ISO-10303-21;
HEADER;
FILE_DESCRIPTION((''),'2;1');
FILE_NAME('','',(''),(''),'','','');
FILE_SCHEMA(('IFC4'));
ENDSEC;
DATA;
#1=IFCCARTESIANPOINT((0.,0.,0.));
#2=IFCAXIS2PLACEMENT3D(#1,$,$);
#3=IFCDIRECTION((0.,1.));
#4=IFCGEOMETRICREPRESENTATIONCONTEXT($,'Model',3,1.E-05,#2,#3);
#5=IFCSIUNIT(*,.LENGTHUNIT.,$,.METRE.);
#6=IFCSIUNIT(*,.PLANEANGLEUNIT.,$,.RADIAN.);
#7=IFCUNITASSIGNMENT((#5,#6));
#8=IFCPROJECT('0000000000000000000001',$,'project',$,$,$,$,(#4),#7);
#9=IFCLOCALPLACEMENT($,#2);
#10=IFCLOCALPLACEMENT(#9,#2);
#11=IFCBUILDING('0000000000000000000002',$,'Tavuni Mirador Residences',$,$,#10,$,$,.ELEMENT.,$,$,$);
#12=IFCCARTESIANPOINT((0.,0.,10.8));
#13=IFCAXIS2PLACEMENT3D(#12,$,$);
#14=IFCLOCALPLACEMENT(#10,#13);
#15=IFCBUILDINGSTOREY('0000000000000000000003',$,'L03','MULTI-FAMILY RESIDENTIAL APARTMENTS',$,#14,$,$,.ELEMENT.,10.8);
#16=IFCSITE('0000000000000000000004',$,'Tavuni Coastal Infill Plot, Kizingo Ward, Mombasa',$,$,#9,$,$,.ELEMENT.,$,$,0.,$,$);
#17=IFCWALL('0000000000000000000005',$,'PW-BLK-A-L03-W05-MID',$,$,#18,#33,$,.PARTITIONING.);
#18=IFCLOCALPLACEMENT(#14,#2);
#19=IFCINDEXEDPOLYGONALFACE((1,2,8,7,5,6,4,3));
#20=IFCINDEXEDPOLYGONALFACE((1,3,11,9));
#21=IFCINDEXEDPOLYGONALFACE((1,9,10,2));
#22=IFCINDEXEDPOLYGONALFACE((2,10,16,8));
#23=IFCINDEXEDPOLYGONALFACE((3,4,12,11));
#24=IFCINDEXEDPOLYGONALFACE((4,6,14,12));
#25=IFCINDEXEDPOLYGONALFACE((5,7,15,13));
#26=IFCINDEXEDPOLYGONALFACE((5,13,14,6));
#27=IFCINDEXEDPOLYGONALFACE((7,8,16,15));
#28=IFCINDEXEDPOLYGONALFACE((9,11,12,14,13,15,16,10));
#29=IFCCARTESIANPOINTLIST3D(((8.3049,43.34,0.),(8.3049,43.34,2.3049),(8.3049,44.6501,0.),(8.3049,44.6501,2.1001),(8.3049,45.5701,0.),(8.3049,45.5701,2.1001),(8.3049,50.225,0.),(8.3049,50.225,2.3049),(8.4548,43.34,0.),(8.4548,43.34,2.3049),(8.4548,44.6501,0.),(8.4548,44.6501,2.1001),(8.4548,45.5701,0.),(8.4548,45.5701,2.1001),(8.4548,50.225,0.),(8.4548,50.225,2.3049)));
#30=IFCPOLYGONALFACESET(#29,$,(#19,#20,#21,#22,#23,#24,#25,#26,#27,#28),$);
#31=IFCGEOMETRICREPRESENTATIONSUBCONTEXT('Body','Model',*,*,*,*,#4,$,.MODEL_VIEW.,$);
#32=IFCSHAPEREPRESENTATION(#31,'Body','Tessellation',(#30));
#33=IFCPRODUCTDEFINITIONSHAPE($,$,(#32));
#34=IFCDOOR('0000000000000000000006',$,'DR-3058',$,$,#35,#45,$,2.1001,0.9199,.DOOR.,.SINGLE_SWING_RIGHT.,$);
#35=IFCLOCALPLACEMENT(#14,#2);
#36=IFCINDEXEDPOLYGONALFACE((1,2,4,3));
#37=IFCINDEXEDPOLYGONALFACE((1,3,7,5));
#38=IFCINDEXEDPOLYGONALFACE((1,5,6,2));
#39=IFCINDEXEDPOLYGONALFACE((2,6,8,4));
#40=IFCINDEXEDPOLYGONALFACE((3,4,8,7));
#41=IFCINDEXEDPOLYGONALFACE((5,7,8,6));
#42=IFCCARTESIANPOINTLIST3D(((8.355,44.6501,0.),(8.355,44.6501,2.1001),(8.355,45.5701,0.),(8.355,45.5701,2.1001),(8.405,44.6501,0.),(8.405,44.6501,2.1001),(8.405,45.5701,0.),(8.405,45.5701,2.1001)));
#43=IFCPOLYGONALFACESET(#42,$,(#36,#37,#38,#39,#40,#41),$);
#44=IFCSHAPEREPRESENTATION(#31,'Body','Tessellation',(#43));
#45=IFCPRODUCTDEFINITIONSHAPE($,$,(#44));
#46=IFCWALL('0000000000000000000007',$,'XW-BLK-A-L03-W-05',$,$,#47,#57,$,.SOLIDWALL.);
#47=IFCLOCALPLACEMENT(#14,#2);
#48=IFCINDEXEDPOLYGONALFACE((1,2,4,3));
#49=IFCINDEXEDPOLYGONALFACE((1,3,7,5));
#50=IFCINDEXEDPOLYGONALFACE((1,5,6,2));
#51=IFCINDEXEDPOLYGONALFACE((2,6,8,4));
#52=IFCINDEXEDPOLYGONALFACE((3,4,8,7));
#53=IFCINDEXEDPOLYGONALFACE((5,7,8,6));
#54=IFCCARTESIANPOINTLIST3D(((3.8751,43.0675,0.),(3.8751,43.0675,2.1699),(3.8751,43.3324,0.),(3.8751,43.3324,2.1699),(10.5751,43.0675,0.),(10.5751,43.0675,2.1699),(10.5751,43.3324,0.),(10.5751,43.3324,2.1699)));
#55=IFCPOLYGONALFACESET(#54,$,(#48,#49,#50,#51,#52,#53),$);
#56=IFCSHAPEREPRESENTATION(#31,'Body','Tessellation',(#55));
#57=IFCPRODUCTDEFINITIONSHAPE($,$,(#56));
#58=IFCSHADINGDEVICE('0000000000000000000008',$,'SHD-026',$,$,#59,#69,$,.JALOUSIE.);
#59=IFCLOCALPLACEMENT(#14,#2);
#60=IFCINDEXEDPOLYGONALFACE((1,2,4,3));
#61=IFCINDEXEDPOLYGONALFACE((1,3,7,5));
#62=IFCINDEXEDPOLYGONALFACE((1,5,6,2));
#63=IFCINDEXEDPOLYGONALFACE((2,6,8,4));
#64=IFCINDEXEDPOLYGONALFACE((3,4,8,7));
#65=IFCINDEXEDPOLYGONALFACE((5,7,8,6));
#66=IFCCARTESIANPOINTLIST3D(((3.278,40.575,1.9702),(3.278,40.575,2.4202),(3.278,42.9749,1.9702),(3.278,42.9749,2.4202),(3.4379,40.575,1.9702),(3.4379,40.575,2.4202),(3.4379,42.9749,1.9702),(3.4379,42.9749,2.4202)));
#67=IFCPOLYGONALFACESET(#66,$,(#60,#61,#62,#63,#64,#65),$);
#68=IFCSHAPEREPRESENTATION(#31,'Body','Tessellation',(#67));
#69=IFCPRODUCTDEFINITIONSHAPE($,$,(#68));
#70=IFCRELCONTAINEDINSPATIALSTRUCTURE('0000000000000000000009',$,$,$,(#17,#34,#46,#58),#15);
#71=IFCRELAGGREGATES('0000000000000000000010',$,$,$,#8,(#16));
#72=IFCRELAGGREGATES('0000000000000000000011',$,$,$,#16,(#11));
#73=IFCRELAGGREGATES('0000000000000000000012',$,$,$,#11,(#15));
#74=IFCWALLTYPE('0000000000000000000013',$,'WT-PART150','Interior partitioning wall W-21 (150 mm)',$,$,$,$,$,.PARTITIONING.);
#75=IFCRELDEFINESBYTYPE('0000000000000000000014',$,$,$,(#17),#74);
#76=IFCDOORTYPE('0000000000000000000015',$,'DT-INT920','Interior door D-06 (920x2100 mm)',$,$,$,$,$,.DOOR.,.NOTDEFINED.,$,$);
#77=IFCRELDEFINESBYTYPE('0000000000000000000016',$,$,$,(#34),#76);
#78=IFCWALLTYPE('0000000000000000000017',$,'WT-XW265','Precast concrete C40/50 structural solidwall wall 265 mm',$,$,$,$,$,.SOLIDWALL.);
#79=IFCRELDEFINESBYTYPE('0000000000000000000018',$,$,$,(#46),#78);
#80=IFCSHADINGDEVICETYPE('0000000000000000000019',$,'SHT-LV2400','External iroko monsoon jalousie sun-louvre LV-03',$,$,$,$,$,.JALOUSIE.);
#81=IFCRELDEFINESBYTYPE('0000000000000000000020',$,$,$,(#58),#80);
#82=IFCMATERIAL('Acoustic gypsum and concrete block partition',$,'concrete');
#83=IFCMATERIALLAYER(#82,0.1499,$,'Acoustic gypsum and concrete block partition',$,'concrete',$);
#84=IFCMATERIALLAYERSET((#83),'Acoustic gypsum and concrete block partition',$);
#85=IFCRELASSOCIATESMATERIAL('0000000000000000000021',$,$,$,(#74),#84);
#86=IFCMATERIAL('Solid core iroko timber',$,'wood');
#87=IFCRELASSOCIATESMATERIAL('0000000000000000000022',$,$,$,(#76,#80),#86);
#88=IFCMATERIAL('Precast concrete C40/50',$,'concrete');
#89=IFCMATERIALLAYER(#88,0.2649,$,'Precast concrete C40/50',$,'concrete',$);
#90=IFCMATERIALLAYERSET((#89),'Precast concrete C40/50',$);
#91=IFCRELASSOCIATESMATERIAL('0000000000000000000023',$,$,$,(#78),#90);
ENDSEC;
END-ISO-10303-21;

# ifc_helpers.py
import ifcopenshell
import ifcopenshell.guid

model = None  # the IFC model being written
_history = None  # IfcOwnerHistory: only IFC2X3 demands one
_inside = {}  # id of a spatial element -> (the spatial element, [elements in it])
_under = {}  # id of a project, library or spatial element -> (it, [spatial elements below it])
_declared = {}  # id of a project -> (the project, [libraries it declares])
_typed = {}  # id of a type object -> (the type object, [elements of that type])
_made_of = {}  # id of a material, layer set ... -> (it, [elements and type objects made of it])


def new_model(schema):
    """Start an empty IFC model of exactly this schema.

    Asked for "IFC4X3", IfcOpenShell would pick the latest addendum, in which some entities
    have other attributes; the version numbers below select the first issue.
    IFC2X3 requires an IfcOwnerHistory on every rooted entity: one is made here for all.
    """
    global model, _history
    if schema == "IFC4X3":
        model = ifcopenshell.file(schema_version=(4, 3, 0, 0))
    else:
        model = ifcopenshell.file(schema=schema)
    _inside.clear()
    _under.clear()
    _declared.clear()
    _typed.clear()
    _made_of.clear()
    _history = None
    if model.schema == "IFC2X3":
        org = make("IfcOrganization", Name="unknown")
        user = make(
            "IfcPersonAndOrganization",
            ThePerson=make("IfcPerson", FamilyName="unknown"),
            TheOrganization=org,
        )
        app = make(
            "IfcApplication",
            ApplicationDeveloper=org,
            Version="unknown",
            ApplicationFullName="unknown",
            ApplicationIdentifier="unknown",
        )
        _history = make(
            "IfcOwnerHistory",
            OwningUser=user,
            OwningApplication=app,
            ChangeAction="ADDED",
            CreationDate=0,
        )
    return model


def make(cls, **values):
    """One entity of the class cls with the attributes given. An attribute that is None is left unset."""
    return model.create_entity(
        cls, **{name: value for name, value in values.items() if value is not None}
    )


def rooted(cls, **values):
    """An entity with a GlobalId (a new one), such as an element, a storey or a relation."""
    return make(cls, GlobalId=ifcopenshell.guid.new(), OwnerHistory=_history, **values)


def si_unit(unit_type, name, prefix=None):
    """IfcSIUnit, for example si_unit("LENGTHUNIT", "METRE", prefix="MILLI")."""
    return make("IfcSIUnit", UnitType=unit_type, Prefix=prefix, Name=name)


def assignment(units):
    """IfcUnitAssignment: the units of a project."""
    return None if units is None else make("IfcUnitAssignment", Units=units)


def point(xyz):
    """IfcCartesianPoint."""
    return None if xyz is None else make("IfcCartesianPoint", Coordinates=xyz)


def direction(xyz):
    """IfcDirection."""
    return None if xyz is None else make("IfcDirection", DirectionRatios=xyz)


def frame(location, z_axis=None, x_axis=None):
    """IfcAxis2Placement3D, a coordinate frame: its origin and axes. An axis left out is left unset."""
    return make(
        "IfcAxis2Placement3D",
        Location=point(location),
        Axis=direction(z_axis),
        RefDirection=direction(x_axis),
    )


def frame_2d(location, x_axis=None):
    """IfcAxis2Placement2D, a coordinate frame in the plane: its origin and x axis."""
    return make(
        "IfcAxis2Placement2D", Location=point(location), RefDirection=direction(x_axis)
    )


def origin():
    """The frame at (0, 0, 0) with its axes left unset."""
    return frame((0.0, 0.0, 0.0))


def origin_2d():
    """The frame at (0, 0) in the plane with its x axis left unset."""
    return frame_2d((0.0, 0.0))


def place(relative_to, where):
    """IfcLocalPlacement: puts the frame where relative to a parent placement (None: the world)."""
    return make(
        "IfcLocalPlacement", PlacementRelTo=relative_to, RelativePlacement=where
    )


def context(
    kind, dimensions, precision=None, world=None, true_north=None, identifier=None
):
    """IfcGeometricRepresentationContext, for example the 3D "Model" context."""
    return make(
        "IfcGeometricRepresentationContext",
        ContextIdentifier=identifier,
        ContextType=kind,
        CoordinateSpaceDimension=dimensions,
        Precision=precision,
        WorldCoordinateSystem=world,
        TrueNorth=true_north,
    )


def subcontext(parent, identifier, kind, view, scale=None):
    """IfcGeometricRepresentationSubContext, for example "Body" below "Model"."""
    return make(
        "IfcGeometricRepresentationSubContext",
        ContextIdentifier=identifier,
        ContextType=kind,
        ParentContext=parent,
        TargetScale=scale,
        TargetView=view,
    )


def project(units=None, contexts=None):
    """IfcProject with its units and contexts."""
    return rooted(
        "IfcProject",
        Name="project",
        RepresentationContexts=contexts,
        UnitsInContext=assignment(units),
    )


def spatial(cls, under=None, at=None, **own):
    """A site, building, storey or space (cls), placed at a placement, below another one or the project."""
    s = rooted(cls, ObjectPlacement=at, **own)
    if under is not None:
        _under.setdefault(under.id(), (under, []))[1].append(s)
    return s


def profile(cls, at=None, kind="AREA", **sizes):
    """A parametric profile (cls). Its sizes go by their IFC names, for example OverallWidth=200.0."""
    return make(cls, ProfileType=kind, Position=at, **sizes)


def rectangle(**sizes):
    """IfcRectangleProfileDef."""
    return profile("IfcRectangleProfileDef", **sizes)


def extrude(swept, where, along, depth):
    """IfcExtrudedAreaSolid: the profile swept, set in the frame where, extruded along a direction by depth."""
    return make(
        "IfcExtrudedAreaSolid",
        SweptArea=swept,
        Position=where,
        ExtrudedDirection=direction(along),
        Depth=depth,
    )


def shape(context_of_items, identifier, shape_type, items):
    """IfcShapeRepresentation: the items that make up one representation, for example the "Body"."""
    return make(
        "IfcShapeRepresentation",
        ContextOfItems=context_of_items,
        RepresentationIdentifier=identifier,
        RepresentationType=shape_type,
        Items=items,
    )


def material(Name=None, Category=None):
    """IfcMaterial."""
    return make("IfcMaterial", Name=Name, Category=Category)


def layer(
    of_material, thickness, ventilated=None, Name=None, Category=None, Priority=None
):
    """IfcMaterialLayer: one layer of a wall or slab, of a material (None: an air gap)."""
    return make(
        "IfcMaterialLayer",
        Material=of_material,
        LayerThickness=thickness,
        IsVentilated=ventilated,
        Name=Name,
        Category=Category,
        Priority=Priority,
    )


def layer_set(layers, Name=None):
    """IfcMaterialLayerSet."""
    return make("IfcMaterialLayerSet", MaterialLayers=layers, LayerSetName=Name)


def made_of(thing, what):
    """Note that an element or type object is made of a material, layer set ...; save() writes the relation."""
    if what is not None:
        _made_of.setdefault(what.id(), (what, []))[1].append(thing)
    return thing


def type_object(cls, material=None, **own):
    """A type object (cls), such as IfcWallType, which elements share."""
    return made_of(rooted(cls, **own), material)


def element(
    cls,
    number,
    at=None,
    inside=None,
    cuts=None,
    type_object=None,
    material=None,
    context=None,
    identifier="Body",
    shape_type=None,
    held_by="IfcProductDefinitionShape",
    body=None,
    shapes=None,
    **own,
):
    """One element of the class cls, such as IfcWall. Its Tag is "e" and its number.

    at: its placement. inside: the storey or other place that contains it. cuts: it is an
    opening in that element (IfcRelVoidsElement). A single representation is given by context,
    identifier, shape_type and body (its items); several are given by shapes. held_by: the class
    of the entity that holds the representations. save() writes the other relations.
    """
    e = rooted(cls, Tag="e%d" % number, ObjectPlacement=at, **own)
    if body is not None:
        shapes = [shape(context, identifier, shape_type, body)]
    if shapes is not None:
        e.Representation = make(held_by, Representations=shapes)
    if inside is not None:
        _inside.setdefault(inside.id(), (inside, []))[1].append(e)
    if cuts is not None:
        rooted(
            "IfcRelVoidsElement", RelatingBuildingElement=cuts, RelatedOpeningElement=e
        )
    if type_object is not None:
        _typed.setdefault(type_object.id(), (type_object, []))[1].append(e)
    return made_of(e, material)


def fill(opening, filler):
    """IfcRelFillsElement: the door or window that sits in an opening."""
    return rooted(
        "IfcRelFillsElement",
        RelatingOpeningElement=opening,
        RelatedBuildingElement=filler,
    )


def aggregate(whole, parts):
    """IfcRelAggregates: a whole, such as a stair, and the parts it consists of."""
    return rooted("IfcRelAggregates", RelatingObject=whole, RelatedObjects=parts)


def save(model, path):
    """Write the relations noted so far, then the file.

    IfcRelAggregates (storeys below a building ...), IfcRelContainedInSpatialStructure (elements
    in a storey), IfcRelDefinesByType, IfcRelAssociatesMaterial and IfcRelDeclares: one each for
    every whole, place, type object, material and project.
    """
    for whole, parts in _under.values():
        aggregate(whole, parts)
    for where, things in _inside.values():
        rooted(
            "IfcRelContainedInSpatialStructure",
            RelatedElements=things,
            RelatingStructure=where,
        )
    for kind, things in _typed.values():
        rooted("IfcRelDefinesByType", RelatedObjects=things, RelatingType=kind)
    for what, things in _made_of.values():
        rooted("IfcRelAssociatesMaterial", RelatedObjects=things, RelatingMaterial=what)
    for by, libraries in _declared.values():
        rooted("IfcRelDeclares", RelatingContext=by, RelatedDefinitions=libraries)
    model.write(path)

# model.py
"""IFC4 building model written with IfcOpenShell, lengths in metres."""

from ifc_helpers import new_model, si_unit, direction, frame, frame_2d, origin, origin_2d, place, context, subcontext, project, spatial, rectangle, extrude, material, layer, layer_set, type_object, element, fill, save


model = new_model("IFC4")

# Units and contexts
model_context = context("Model", 3, precision=1e-05, world=origin(), true_north=direction((0.0, 1.0)))
body_context = subcontext(model_context, "Body", "Model", "MODEL_VIEW")
ifc_project = project(units=[si_unit("LENGTHUNIT", "METRE"), si_unit("PLANEANGLEUNIT", "RADIAN")], contexts=[model_context])

# Site, building, storey
site_placement = place(None, origin())
site = spatial("IfcSite", under=ifc_project, at=site_placement, Name="Tavuni Coastal Infill Plot, Kizingo Ward, Mombasa", CompositionType="ELEMENT", RefElevation=0.0)
building_placement = place(site_placement, origin())
building = spatial("IfcBuilding", under=site, at=building_placement, Name="Tavuni Mirador Residences", CompositionType="ELEMENT")
storey_placement = place(building_placement, frame((0.0, 0.0, 10.8)))
storey = spatial("IfcBuildingStorey", under=building, at=storey_placement, Name="L03", Description="MULTI-FAMILY RESIDENTIAL APARTMENTS", CompositionType="ELEMENT", Elevation=10.8)

# Shared definitions
ifc_material_1 = material(Name="Precast concrete C40/50", Category="concrete")

# Shared definitions
ifc_material_2 = material(Name="Solid core iroko timber", Category="wood")

# Wall, opening, door
ifc_material_3 = material(Name="Acoustic gypsum and concrete block partition", Category="concrete")
ifc_layer_1 = layer(ifc_material_3, 0.1499, Name="Acoustic gypsum and concrete block partition", Category="concrete")
ifc_layer_set_1 = layer_set([ifc_layer_1], Name="Acoustic gypsum and concrete block partition")
wall_type_1 = type_object("IfcWallType", Name="WT-PART150", Description="Interior partitioning wall W-21 (150 mm)", PredefinedType="PARTITIONING", material=ifc_layer_set_1)
wall_1_placement = place(storey_placement, frame((8.3799, 43.3401, 0.0), z_axis=(0.0, 0.0, 1.0), x_axis=(0.0, 1.0, 0.0)))
wall_1 = element("IfcWall", 1, at=wall_1_placement, inside=storey, type_object=wall_type_1, Name="PW-BLK-A-L03-W05-MID", PredefinedType="PARTITIONING", context=body_context, shape_type="SweptSolid", body=[
    extrude(rectangle(XDim=6.885, YDim=0.1499, at=frame_2d((3.4424, 0.0))), origin(), (0.0, 0.0, 1.0), 2.3049),
])
opening_1_placement = place(wall_1_placement, frame((1.3101, 0.0, 0.0)))
opening_1 = element("IfcOpeningElement", 2, at=opening_1_placement, cuts=wall_1, PredefinedType="OPENING", context=body_context, shape_type="SweptSolid", body=[
    extrude(rectangle(XDim=0.9199, YDim=2.1001, at=frame_2d((0.46, 1.05))), frame((0.0, 0.085, 0.0), z_axis=(0.0, -1.0, 0.0), x_axis=(1.0, 0.0, 0.0)), (0.0, 0.0, 1.0), 0.1699),
])
door_type_1 = type_object("IfcDoorType", Name="DT-INT920", Description="Interior door D-06 (920x2100 mm)", OperationType="NOTDEFINED", PredefinedType="DOOR", material=ifc_material_2)
door_1_placement = place(opening_1_placement, origin())
door_1 = element("IfcDoor", 3, at=door_1_placement, inside=storey, type_object=door_type_1, Name="DR-3058", OperationType="SINGLE_SWING_RIGHT", OverallHeight=2.1001, OverallWidth=0.9199, PredefinedType="DOOR", context=body_context, shape_type="SweptSolid", body=[
    extrude(rectangle(XDim=0.9199, YDim=2.1001, at=frame_2d((0.46, 1.05))), frame((0.0, 0.0249, 0.0), z_axis=(0.0, -1.0, 0.0), x_axis=(1.0, 0.0, 0.0)), (0.0, 0.0, 1.0), 0.05),
])
fill(opening_1, door_1)

# Wall
ifc_layer_2 = layer(ifc_material_1, 0.2649, Name="Precast concrete C40/50", Category="concrete")
ifc_layer_set_2 = layer_set([ifc_layer_2], Name="Precast concrete C40/50")
wall_type_2 = type_object("IfcWallType", Name="WT-XW265", Description="Precast concrete C40/50 structural solidwall wall 265 mm", PredefinedType="SOLIDWALL", material=ifc_layer_set_2)
wall_2_placement = place(storey_placement, frame((3.875, 43.2, 0.0), z_axis=(0.0, 0.0, 1.0), x_axis=(1.0, 0.0, 0.0)))
element("IfcWall", 4, at=wall_2_placement, inside=storey, type_object=wall_type_2, Name="XW-BLK-A-L03-W-05", PredefinedType="SOLIDWALL", context=body_context, shape_type="SweptSolid", body=[
    extrude(rectangle(XDim=6.7, YDim=0.2649, at=frame_2d((3.3501, 0.0))), origin(), (0.0, 0.0, 1.0), 2.1699),
])

# Shading device
shading_device_type = type_object("IfcShadingDeviceType", Name="SHT-LV2400", Description="External iroko monsoon jalousie sun-louvre LV-03", PredefinedType="JALOUSIE", material=ifc_material_2)
shading_device_placement = place(storey_placement, frame((3.3579, 41.7749, 1.9702), z_axis=(0.0, 0.0, 1.0), x_axis=(0.0, -1.0, 0.0)))
element("IfcShadingDevice", 5, at=shading_device_placement, inside=storey, type_object=shading_device_type, Name="SHD-026", PredefinedType="JALOUSIE", context=body_context, shape_type="SweptSolid", body=[
    extrude(rectangle(XDim=2.3999, YDim=0.1599, at=origin_2d()), origin(), (0.0, 0.0, 1.0), 0.45),
])

save(model, "model.ifc")
